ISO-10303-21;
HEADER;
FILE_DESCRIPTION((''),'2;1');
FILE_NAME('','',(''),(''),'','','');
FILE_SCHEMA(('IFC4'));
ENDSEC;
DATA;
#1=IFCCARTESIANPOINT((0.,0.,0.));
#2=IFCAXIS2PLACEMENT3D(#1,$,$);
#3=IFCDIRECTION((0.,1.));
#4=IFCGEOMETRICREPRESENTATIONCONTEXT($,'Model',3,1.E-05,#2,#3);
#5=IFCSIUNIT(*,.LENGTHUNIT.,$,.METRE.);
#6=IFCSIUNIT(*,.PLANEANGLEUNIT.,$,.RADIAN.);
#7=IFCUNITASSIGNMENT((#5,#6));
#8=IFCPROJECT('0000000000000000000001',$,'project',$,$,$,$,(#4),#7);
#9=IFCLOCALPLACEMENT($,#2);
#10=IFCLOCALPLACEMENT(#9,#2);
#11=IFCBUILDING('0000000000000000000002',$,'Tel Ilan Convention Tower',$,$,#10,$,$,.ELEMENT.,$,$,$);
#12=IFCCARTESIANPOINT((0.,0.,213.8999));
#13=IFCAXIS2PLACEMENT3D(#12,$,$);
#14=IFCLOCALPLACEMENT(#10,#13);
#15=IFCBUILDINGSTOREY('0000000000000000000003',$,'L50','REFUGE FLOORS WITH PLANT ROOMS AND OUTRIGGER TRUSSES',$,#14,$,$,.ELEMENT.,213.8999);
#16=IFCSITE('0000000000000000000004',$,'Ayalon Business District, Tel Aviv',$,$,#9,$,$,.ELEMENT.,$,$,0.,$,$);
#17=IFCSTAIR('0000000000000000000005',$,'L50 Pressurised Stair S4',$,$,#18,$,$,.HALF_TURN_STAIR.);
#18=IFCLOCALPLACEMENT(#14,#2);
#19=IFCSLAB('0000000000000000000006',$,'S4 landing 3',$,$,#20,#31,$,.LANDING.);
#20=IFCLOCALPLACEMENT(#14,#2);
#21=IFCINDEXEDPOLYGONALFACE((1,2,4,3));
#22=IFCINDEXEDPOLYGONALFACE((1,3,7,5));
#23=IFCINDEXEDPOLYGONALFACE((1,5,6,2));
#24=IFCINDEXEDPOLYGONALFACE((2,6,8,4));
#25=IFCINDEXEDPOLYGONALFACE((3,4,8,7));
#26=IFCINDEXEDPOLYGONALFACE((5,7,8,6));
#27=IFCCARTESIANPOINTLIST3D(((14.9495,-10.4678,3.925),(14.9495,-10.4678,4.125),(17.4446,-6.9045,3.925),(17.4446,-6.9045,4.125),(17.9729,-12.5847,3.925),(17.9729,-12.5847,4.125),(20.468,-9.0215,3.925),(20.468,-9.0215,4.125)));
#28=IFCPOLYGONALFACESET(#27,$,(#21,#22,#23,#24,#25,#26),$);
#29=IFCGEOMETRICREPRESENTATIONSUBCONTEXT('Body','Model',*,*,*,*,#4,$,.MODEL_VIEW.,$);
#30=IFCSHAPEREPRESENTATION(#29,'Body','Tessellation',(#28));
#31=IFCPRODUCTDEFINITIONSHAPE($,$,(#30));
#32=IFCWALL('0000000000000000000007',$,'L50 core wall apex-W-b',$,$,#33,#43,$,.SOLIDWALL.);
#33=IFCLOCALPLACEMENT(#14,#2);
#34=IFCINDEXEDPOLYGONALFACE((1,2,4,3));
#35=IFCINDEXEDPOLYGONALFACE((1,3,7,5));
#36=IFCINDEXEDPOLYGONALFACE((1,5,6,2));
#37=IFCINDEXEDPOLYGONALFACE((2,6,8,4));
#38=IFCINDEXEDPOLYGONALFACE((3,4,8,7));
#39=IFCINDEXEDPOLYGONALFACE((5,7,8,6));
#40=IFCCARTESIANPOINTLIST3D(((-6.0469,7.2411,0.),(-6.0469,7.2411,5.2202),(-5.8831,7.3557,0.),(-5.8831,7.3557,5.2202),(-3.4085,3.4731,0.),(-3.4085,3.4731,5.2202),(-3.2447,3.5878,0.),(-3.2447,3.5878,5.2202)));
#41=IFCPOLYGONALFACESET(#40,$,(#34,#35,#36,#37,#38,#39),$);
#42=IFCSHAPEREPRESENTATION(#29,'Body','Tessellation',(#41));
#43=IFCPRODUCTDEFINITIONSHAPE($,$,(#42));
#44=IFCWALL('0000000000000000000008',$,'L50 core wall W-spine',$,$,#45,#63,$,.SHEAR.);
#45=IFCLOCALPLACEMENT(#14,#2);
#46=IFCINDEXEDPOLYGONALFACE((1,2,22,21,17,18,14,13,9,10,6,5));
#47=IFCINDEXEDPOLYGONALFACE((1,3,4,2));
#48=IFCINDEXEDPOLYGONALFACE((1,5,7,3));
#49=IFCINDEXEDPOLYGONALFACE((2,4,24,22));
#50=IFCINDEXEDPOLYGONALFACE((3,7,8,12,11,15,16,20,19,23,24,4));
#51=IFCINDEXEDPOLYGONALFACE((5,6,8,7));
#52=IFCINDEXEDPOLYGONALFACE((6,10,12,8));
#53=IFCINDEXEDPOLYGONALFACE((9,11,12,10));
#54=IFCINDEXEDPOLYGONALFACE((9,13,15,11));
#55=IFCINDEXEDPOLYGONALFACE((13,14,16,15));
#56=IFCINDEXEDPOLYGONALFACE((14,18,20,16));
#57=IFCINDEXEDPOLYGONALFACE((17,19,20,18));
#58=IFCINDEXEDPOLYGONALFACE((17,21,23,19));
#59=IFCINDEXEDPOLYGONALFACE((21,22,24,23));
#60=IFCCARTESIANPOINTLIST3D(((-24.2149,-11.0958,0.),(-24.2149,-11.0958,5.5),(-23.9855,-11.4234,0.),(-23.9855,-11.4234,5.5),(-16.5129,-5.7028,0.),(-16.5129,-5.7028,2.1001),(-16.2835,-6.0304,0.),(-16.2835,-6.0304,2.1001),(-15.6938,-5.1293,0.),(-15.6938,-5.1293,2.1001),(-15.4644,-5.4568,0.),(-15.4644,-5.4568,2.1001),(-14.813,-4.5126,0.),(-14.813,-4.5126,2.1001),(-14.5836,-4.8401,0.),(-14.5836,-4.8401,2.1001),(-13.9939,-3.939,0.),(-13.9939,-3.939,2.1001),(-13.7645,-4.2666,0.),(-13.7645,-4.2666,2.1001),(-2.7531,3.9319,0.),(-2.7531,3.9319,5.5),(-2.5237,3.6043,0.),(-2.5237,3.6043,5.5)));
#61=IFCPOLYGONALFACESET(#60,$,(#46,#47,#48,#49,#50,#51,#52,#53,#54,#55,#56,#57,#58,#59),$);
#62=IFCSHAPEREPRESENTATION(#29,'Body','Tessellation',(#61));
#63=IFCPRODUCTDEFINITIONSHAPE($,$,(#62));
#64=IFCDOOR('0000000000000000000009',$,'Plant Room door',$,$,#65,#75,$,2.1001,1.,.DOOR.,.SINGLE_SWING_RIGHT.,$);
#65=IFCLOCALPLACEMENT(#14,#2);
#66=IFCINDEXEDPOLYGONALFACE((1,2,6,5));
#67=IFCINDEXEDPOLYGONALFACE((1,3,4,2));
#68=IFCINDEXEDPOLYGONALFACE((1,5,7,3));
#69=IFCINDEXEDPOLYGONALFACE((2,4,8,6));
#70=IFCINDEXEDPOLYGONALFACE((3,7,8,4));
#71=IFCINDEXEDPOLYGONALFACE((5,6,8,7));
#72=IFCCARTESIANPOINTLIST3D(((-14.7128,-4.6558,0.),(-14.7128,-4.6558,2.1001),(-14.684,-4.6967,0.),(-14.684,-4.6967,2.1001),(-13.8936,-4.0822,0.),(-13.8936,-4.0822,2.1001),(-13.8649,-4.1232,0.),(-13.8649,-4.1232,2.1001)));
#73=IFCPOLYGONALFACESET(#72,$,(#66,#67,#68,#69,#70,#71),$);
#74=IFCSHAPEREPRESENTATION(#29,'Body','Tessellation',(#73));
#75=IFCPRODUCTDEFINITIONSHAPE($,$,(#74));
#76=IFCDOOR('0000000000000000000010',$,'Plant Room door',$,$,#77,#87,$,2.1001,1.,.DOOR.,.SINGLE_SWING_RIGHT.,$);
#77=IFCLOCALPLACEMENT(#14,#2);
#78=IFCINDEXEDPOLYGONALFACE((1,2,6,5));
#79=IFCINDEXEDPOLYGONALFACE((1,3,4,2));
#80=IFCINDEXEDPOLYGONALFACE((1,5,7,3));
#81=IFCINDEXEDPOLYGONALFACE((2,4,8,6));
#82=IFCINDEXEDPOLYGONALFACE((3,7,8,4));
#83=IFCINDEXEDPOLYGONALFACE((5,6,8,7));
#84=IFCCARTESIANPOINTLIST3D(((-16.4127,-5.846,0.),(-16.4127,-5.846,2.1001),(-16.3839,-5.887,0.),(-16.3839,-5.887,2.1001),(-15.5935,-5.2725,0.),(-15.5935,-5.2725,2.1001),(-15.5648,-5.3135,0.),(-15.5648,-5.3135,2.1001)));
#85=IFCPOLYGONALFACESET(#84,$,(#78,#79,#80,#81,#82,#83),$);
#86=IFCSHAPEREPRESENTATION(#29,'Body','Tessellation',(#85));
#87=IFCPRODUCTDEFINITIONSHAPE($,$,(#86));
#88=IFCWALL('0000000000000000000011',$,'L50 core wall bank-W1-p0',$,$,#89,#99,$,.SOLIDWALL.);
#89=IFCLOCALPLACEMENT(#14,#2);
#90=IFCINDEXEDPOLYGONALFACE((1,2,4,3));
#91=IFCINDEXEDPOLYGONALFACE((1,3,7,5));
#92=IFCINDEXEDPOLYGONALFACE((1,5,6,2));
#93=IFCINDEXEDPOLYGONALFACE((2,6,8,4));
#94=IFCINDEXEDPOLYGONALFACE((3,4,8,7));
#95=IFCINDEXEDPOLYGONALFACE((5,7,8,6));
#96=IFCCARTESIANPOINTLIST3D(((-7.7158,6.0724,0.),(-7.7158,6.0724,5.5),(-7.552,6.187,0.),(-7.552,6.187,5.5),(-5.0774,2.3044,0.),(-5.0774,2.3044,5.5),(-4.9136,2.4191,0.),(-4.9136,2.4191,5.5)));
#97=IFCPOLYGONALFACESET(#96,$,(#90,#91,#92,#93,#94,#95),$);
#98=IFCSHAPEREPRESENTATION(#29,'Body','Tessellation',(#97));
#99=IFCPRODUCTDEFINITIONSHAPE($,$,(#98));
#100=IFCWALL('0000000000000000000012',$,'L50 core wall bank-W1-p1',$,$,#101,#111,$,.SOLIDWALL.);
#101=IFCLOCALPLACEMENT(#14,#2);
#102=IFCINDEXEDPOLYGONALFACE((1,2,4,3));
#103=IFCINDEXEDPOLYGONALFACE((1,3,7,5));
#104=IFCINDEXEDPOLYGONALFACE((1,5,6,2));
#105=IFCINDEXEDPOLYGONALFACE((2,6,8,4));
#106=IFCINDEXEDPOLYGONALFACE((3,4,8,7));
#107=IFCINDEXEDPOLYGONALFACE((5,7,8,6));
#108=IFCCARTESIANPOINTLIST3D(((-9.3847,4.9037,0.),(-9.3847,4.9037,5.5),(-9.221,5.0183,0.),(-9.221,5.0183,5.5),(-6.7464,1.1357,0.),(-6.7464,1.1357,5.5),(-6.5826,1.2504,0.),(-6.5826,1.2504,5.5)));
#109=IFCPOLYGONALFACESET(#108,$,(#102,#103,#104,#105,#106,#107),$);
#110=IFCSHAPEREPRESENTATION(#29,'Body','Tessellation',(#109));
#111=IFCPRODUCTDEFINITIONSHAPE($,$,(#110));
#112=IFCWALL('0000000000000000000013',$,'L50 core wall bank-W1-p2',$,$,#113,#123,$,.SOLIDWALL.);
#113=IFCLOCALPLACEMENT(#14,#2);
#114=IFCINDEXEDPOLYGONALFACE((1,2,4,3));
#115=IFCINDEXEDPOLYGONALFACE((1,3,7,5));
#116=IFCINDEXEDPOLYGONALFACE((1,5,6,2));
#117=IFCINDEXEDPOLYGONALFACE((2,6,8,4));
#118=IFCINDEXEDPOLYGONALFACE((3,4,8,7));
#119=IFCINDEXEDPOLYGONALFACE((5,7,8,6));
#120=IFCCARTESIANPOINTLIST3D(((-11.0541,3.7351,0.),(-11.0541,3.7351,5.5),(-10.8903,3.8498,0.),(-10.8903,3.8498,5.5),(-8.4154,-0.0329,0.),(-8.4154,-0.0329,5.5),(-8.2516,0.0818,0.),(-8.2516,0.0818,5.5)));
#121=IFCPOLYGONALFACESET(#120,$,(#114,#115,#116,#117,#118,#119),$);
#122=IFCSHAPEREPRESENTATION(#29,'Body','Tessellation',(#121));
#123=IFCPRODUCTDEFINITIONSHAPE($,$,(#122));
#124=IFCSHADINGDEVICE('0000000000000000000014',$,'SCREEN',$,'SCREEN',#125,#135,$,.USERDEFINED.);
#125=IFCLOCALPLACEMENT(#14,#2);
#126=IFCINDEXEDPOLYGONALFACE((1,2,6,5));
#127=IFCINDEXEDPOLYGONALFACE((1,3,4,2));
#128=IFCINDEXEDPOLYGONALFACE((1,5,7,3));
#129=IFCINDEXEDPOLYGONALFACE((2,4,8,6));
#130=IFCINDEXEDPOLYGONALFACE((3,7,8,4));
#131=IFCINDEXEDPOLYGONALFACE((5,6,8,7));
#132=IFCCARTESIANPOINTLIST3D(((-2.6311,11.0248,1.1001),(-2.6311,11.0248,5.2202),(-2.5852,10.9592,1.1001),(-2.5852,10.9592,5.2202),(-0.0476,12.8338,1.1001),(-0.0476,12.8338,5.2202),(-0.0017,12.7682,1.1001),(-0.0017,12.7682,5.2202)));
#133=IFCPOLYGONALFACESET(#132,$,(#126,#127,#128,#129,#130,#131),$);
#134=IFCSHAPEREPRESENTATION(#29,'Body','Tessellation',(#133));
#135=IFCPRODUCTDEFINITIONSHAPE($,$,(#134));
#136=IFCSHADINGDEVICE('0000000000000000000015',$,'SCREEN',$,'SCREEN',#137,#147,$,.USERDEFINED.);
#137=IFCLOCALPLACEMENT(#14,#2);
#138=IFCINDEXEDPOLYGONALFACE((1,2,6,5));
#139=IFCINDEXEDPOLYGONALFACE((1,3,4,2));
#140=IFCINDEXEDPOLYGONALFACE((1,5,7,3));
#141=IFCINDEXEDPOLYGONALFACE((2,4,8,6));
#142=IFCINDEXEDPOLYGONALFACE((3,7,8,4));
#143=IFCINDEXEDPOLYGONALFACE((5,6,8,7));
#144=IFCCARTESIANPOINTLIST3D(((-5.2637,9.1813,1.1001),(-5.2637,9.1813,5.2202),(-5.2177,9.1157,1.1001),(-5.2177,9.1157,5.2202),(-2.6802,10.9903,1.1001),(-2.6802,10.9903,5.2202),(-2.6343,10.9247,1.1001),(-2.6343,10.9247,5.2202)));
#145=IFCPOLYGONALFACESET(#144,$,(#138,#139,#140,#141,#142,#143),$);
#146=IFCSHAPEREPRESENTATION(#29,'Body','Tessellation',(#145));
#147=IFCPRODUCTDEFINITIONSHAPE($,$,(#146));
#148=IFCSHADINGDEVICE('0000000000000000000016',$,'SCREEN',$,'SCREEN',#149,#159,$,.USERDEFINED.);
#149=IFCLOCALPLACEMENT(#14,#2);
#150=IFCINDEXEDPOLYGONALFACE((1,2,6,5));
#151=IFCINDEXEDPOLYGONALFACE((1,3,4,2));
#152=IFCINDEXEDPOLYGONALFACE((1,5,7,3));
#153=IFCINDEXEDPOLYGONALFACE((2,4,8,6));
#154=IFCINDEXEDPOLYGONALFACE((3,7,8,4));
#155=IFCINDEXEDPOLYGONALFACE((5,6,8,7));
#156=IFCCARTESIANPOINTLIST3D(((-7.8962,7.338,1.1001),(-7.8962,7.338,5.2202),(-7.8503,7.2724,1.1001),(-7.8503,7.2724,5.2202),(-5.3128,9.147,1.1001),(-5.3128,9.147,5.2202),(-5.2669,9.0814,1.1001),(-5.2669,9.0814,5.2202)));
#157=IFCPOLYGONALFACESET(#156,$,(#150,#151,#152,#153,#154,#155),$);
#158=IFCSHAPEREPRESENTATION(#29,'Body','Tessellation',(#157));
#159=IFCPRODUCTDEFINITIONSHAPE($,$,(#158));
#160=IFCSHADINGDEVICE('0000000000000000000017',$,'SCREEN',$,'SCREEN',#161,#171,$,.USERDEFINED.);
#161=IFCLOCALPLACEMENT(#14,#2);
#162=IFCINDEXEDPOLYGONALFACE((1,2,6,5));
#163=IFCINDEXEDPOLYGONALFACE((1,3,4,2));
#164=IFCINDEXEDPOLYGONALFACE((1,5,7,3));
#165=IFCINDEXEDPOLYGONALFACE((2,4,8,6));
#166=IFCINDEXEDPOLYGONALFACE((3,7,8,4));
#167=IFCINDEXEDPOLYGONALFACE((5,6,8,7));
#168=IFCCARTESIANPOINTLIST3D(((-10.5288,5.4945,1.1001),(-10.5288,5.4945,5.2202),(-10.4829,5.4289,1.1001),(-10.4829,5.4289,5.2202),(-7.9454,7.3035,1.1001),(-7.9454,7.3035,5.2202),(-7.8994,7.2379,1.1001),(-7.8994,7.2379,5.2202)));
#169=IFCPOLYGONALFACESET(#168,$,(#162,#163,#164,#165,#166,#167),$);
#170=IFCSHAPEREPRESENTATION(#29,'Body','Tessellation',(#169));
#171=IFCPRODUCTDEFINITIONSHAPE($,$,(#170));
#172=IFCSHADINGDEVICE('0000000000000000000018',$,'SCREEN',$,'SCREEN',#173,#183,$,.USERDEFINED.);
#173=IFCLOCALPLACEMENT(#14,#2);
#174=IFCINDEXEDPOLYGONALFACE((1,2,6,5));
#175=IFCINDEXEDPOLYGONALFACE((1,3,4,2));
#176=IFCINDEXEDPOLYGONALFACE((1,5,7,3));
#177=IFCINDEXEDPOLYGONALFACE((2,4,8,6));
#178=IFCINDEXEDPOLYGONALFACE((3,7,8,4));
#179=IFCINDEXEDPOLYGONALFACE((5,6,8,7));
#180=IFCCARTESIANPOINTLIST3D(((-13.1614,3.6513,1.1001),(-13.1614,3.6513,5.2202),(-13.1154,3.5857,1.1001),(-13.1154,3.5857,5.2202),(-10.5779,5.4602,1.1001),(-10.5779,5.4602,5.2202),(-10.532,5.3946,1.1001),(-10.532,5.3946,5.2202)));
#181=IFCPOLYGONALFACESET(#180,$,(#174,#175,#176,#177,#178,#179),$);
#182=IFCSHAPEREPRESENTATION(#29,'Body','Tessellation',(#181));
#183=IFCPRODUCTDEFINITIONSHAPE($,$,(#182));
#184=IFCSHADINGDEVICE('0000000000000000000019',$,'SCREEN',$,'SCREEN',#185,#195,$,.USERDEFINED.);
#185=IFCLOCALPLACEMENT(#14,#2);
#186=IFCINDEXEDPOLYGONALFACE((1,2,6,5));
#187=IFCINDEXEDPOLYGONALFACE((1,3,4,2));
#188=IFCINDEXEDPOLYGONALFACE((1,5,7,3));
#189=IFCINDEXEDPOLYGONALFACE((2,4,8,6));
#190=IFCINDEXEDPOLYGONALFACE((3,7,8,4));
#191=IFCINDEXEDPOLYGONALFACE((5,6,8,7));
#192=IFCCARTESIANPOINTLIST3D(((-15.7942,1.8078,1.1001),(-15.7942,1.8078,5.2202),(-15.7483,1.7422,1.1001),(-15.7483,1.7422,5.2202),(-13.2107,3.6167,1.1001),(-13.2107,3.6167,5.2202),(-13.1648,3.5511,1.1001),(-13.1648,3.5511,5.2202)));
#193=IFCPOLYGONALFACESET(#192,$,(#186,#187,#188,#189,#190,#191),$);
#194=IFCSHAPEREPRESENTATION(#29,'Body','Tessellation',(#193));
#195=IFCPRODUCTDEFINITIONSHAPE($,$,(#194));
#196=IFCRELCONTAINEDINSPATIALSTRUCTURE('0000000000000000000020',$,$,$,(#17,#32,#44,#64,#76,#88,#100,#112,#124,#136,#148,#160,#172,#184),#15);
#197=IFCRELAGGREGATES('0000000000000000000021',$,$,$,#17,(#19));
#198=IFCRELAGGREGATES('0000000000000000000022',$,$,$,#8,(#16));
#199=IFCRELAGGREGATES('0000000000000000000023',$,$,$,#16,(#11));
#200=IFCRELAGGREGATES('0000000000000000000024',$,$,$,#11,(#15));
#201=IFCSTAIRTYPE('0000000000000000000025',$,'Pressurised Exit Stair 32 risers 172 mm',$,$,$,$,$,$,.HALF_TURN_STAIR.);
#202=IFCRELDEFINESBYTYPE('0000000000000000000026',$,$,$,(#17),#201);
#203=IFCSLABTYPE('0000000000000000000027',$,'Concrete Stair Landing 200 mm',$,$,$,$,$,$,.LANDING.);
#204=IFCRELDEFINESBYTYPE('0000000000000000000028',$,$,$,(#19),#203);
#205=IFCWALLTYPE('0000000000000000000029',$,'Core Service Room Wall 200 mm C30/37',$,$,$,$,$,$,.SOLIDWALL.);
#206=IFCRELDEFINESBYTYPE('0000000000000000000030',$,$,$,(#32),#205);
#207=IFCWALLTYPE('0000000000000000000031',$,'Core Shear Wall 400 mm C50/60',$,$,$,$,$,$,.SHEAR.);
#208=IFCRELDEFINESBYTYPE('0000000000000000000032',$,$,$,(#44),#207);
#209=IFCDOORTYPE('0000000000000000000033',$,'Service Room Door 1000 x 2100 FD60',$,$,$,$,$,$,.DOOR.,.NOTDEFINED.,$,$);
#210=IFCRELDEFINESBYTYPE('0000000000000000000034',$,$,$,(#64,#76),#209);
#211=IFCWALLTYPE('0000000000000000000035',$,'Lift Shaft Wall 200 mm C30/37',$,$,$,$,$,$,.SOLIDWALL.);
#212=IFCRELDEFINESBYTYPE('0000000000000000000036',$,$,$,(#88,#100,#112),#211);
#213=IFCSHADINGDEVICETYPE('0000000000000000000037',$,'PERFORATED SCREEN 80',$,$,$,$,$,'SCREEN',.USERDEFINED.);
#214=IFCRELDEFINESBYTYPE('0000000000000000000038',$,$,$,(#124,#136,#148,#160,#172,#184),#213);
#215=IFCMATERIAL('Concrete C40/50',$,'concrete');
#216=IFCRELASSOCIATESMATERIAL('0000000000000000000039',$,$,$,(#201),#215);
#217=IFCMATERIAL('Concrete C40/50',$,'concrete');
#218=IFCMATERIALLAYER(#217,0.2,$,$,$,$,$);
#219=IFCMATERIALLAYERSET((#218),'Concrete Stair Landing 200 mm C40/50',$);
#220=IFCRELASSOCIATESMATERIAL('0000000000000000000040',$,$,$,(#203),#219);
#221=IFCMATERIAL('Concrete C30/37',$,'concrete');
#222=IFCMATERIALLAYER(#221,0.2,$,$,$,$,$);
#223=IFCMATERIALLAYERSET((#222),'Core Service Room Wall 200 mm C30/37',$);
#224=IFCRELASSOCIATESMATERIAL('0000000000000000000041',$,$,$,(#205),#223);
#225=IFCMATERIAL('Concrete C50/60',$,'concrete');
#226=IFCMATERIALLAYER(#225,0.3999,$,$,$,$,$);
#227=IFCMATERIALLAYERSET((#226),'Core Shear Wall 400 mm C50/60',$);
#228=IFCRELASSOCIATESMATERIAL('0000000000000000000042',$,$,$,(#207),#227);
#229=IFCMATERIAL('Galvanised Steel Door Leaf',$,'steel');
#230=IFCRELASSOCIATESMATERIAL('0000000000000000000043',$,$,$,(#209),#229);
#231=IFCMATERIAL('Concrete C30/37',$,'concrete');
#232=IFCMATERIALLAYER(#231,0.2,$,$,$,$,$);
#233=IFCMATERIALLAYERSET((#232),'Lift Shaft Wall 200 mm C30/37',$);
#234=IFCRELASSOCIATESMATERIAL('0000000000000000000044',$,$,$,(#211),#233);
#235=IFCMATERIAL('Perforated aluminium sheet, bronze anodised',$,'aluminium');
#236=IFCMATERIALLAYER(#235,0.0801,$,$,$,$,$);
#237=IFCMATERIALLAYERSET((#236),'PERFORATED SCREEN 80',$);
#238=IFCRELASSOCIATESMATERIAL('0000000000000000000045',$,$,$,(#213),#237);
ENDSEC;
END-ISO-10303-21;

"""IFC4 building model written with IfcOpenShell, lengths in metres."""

from ifc_helpers import new_model, si_unit, direction, frame, frame_2d, origin, origin_2d, place, context, subcontext, project, spatial, polyline, rectangle, outline, extrude, material, layer, layer_set, type_object, element, fill, aggregate, save


model = new_model("IFC4")

# Units and contexts
model_context = context("Model", 3, precision=1e-05, world=origin(), true_north=direction((0.0, 1.0)))
body_context = subcontext(model_context, "Body", "Model", "MODEL_VIEW")
ifc_project = project(units=[si_unit("LENGTHUNIT", "METRE"), si_unit("PLANEANGLEUNIT", "RADIAN")], contexts=[model_context])

# Site, building, storey
site_placement = place(None, origin())
site = spatial("IfcSite", under=ifc_project, at=site_placement, Name="Ayalon Business District, Tel Aviv", CompositionType="ELEMENT", RefElevation=0.0)
building_placement = place(site_placement, origin())
building = spatial("IfcBuilding", under=site, at=building_placement, Name="Tel Ilan Convention Tower", CompositionType="ELEMENT")
storey_placement = place(building_placement, frame((0.0, 0.0, 213.8999)))
storey = spatial("IfcBuildingStorey", under=building, at=storey_placement, Name="L50", Description="REFUGE FLOORS WITH PLANT ROOMS AND OUTRIGGER TRUSSES", CompositionType="ELEMENT", Elevation=213.8999)

# Stair, slab
ifc_material_1 = material(Name="Concrete C40/50", Category="concrete")
stair_type = type_object("IfcStairType", Name="Pressurised Exit Stair 32 risers 172 mm", PredefinedType="HALF_TURN_STAIR", material=ifc_material_1)
stair_placement = place(storey_placement, origin())
stair = element("IfcStair", 1, at=stair_placement, inside=storey, type_object=stair_type, Name="L50 Pressurised Stair S4", PredefinedType="HALF_TURN_STAIR")
ifc_material_2 = material(Name="Concrete C40/50", Category="concrete")
ifc_layer_1 = layer(ifc_material_2, 0.2)
ifc_layer_set_1 = layer_set([ifc_layer_1], Name="Concrete Stair Landing 200 mm C40/50")
slab_type = type_object("IfcSlabType", Name="Concrete Stair Landing 200 mm", PredefinedType="LANDING", material=ifc_layer_set_1)
slab_placement = place(storey_placement, frame((0.0, 0.0, 3.925)))
slab = element("IfcSlab", 2, at=slab_placement, type_object=slab_type, Name="S4 landing 3", PredefinedType="LANDING", context=body_context, shape_type="SweptSolid", body=[
    extrude(outline(polyline([(20.468, -9.0215), (17.4446, -6.9045), (14.9495, -10.4678), (17.9729, -12.5847), (20.468, -9.0215)])), origin(), (0.0, 0.0, 1.0), 0.2),
])
aggregate(stair, [slab])

# Wall
ifc_material_3 = material(Name="Concrete C30/37", Category="concrete")
ifc_layer_2 = layer(ifc_material_3, 0.2)
ifc_layer_set_2 = layer_set([ifc_layer_2], Name="Core Service Room Wall 200 mm C30/37")
wall_type_1 = type_object("IfcWallType", Name="Core Service Room Wall 200 mm C30/37", PredefinedType="SOLIDWALL", material=ifc_layer_set_2)
wall_1_placement = place(storey_placement, frame((-3.3267, 3.5305, 0.0), z_axis=(0.0, 0.0, 1.0), x_axis=(-0.573576, 0.819152, 0.0)))
element("IfcWall", 3, at=wall_1_placement, inside=storey, type_object=wall_type_1, Name="L50 core wall apex-W-b", PredefinedType="SOLIDWALL", context=body_context, shape_type="SweptSolid", body=[
    extrude(rectangle(XDim=4.5999, YDim=0.2, at=frame_2d((2.2998, 0.0))), origin(), (0.0, 0.0, 1.0), 5.2202),
])

# Wall, openings, doors
ifc_material_4 = material(Name="Concrete C50/60", Category="concrete")
ifc_layer_3 = layer(ifc_material_4, 0.3999)
ifc_layer_set_3 = layer_set([ifc_layer_3], Name="Core Shear Wall 400 mm C50/60")
wall_type_2 = type_object("IfcWallType", Name="Core Shear Wall 400 mm C50/60", PredefinedType="SHEAR", material=ifc_layer_set_3)
wall_2_placement = place(storey_placement, frame((-2.6384, 3.7681, 0.0), z_axis=(0.0, 0.0, 1.0), x_axis=(-0.819153, -0.573576, 0.0)))
wall_2 = element("IfcWall", 4, at=wall_2_placement, inside=storey, type_object=wall_type_2, Name="L50 core wall W-spine", PredefinedType="SHEAR", context=body_context, shape_type="SweptSolid", body=[
    extrude(outline(polyline([(26.2, 0.2), (0.0, 0.2), (0.0, -0.2), (26.2, -0.2), (26.2, 0.2)])), origin(), (0.0, 0.0, 1.0), 5.5),
])
opening_1_placement = place(wall_2_placement, frame((13.7224, 0.0, 0.0)))
opening_1 = element("IfcOpeningElement", 5, at=opening_1_placement, cuts=wall_2, PredefinedType="OPENING", context=body_context, shape_type="SweptSolid", body=[
    extrude(rectangle(XDim=1.0, YDim=2.1001, at=frame_2d((0.5, 1.05))), frame((0.0, 0.21, 0.0), z_axis=(0.0, -1.0, 0.0), x_axis=(1.0, 0.0, 0.0)), (0.0, 0.0, 1.0), 0.4199),
])
opening_2_placement = place(wall_2_placement, frame((15.7976, 0.0, 0.0)))
opening_2 = element("IfcOpeningElement", 6, at=opening_2_placement, cuts=wall_2, PredefinedType="OPENING", context=body_context, shape_type="SweptSolid", body=[
    extrude(rectangle(XDim=1.0, YDim=2.1001, at=frame_2d((0.5, 1.05))), frame((0.0, 0.21, 0.0), z_axis=(0.0, -1.0, 0.0), x_axis=(1.0, 0.0, 0.0)), (0.0, 0.0, 1.0), 0.4199),
])
ifc_material_5 = material(Name="Galvanised Steel Door Leaf", Category="steel")
door_type = type_object("IfcDoorType", Name="Service Room Door 1000 x 2100 FD60", OperationType="NOTDEFINED", PredefinedType="DOOR", material=ifc_material_5)
door_1_placement = place(opening_1_placement, origin())
door_1 = element("IfcDoor", 7, at=door_1_placement, inside=storey, type_object=door_type, Name="Plant Room door", OperationType="SINGLE_SWING_RIGHT", OverallHeight=2.1001, OverallWidth=1.0, PredefinedType="DOOR", context=body_context, shape_type="SweptSolid", body=[
    extrude(rectangle(XDim=1.0, YDim=2.1001, at=frame_2d((0.5, 1.05))), frame((0.0, 0.0249, 0.0), z_axis=(0.0, -1.0, 0.0), x_axis=(1.0, 0.0, 0.0)), (0.0, 0.0, 1.0), 0.05),
])
fill(opening_1, door_1)
door_2_placement = place(opening_2_placement, origin())
door_2 = element("IfcDoor", 8, at=door_2_placement, inside=storey, type_object=door_type, Name="Plant Room door", OperationType="SINGLE_SWING_RIGHT", OverallHeight=2.1001, OverallWidth=1.0, PredefinedType="DOOR", context=body_context, shape_type="SweptSolid", body=[
    extrude(rectangle(XDim=1.0, YDim=2.1001, at=frame_2d((0.5, 1.05))), frame((0.0, 0.0249, 0.0), z_axis=(0.0, -1.0, 0.0), x_axis=(1.0, 0.0, 0.0)), (0.0, 0.0, 1.0), 0.05),
])
fill(opening_2, door_2)

# Walls
ifc_material_6 = material(Name="Concrete C30/37", Category="concrete")
ifc_layer_4 = layer(ifc_material_6, 0.2)
ifc_layer_set_4 = layer_set([ifc_layer_4], Name="Lift Shaft Wall 200 mm C30/37")
wall_type_3 = type_object("IfcWallType", Name="Lift Shaft Wall 200 mm C30/37", PredefinedType="SOLIDWALL", material=ifc_layer_set_4)
for number, where, z_axis, x_axis, name in (
    (9, (-4.9956, 2.3618, 0.0), (0.0, 0.0, 1.0), (-0.573576, 0.819152, 0.0), "L50 core wall bank-W1-p0"),
    (10, (-6.6646, 1.1931, 0.0), (0.0, 0.0, 1.0), (-0.573576, 0.819152, 0.0), "L50 core wall bank-W1-p1"),
):
    element("IfcWall", number, at=place(storey_placement, frame(where, z_axis=z_axis, x_axis=x_axis)), inside=storey, type_object=wall_type_3, Name=name, PredefinedType="SOLIDWALL", context=body_context, shape_type="SweptSolid", body=[
        extrude(rectangle(XDim=4.5999, YDim=0.2, at=frame_2d((2.2998, 0.0))), origin(), (0.0, 0.0, 1.0), 5.5),
    ])
wall_3_placement = place(storey_placement, frame((-8.3335, 0.0244, 0.0), z_axis=(0.0, 0.0, 1.0), x_axis=(-0.573612, 0.819127, 0.0)))
element("IfcWall", 11, at=wall_3_placement, inside=storey, type_object=wall_type_3, Name="L50 core wall bank-W1-p2", PredefinedType="SOLIDWALL", context=body_context, shape_type="SweptSolid", body=[
    extrude(rectangle(XDim=4.6001, YDim=0.2, at=frame_2d((2.3, 0.0))), origin(), (0.0, 0.0, 1.0), 5.5),
])

# Shading devices
ifc_material_7 = material(Name="Perforated aluminium sheet, bronze anodised", Category="aluminium")
ifc_layer_5 = layer(ifc_material_7, 0.0801)
ifc_layer_set_5 = layer_set([ifc_layer_5], Name="PERFORATED SCREEN 80")
shading_device_type_1 = type_object("IfcShadingDeviceType", Name="PERFORATED SCREEN 80", ElementType="SCREEN", PredefinedType="USERDEFINED", material=ifc_layer_set_5)
for number, where, z_axis, x_axis, name in (
    (12, (-1.3164, 11.8965, 1.1001), (0.0, 0.0, 1.0), (-0.819152, -0.573576, 0.0), "SCREEN"),
    (13, (-3.949, 10.053, 1.1001), (0.0, 0.0, 1.0), (-0.819152, -0.573576, 0.0), "SCREEN"),
    (14, (-6.5815, 8.2097, 1.1001), (0.0, 0.0, 1.0), (-0.819152, -0.573576, 0.0), "SCREEN"),
    (15, (-9.2141, 6.3662, 1.1001), (0.0, 0.0, 1.0), (-0.819152, -0.573576, 0.0), "SCREEN"),
    (16, (-11.8467, 4.5229, 1.1001), (0.0, 0.0, 1.0), (-0.819152, -0.573576, 0.0), "SCREEN"),
    (17, (-14.4795, 2.6794, 1.1001), (0.0, 0.0, 1.0), (-0.819152, -0.573576, 0.0), "SCREEN"),
):
    element("IfcShadingDevice", number, at=place(storey_placement, frame(where, z_axis=z_axis, x_axis=x_axis)), inside=storey, type_object=shading_device_type_1, Name=name, ObjectType="SCREEN", PredefinedType="USERDEFINED", context=body_context, shape_type="SweptSolid", body=[
        extrude(rectangle(XDim=3.1538, YDim=0.0801, at=origin_2d()), origin(), (0.0, 0.0, 1.0), 4.1201),
    ])

save(model, "model.ifc")
